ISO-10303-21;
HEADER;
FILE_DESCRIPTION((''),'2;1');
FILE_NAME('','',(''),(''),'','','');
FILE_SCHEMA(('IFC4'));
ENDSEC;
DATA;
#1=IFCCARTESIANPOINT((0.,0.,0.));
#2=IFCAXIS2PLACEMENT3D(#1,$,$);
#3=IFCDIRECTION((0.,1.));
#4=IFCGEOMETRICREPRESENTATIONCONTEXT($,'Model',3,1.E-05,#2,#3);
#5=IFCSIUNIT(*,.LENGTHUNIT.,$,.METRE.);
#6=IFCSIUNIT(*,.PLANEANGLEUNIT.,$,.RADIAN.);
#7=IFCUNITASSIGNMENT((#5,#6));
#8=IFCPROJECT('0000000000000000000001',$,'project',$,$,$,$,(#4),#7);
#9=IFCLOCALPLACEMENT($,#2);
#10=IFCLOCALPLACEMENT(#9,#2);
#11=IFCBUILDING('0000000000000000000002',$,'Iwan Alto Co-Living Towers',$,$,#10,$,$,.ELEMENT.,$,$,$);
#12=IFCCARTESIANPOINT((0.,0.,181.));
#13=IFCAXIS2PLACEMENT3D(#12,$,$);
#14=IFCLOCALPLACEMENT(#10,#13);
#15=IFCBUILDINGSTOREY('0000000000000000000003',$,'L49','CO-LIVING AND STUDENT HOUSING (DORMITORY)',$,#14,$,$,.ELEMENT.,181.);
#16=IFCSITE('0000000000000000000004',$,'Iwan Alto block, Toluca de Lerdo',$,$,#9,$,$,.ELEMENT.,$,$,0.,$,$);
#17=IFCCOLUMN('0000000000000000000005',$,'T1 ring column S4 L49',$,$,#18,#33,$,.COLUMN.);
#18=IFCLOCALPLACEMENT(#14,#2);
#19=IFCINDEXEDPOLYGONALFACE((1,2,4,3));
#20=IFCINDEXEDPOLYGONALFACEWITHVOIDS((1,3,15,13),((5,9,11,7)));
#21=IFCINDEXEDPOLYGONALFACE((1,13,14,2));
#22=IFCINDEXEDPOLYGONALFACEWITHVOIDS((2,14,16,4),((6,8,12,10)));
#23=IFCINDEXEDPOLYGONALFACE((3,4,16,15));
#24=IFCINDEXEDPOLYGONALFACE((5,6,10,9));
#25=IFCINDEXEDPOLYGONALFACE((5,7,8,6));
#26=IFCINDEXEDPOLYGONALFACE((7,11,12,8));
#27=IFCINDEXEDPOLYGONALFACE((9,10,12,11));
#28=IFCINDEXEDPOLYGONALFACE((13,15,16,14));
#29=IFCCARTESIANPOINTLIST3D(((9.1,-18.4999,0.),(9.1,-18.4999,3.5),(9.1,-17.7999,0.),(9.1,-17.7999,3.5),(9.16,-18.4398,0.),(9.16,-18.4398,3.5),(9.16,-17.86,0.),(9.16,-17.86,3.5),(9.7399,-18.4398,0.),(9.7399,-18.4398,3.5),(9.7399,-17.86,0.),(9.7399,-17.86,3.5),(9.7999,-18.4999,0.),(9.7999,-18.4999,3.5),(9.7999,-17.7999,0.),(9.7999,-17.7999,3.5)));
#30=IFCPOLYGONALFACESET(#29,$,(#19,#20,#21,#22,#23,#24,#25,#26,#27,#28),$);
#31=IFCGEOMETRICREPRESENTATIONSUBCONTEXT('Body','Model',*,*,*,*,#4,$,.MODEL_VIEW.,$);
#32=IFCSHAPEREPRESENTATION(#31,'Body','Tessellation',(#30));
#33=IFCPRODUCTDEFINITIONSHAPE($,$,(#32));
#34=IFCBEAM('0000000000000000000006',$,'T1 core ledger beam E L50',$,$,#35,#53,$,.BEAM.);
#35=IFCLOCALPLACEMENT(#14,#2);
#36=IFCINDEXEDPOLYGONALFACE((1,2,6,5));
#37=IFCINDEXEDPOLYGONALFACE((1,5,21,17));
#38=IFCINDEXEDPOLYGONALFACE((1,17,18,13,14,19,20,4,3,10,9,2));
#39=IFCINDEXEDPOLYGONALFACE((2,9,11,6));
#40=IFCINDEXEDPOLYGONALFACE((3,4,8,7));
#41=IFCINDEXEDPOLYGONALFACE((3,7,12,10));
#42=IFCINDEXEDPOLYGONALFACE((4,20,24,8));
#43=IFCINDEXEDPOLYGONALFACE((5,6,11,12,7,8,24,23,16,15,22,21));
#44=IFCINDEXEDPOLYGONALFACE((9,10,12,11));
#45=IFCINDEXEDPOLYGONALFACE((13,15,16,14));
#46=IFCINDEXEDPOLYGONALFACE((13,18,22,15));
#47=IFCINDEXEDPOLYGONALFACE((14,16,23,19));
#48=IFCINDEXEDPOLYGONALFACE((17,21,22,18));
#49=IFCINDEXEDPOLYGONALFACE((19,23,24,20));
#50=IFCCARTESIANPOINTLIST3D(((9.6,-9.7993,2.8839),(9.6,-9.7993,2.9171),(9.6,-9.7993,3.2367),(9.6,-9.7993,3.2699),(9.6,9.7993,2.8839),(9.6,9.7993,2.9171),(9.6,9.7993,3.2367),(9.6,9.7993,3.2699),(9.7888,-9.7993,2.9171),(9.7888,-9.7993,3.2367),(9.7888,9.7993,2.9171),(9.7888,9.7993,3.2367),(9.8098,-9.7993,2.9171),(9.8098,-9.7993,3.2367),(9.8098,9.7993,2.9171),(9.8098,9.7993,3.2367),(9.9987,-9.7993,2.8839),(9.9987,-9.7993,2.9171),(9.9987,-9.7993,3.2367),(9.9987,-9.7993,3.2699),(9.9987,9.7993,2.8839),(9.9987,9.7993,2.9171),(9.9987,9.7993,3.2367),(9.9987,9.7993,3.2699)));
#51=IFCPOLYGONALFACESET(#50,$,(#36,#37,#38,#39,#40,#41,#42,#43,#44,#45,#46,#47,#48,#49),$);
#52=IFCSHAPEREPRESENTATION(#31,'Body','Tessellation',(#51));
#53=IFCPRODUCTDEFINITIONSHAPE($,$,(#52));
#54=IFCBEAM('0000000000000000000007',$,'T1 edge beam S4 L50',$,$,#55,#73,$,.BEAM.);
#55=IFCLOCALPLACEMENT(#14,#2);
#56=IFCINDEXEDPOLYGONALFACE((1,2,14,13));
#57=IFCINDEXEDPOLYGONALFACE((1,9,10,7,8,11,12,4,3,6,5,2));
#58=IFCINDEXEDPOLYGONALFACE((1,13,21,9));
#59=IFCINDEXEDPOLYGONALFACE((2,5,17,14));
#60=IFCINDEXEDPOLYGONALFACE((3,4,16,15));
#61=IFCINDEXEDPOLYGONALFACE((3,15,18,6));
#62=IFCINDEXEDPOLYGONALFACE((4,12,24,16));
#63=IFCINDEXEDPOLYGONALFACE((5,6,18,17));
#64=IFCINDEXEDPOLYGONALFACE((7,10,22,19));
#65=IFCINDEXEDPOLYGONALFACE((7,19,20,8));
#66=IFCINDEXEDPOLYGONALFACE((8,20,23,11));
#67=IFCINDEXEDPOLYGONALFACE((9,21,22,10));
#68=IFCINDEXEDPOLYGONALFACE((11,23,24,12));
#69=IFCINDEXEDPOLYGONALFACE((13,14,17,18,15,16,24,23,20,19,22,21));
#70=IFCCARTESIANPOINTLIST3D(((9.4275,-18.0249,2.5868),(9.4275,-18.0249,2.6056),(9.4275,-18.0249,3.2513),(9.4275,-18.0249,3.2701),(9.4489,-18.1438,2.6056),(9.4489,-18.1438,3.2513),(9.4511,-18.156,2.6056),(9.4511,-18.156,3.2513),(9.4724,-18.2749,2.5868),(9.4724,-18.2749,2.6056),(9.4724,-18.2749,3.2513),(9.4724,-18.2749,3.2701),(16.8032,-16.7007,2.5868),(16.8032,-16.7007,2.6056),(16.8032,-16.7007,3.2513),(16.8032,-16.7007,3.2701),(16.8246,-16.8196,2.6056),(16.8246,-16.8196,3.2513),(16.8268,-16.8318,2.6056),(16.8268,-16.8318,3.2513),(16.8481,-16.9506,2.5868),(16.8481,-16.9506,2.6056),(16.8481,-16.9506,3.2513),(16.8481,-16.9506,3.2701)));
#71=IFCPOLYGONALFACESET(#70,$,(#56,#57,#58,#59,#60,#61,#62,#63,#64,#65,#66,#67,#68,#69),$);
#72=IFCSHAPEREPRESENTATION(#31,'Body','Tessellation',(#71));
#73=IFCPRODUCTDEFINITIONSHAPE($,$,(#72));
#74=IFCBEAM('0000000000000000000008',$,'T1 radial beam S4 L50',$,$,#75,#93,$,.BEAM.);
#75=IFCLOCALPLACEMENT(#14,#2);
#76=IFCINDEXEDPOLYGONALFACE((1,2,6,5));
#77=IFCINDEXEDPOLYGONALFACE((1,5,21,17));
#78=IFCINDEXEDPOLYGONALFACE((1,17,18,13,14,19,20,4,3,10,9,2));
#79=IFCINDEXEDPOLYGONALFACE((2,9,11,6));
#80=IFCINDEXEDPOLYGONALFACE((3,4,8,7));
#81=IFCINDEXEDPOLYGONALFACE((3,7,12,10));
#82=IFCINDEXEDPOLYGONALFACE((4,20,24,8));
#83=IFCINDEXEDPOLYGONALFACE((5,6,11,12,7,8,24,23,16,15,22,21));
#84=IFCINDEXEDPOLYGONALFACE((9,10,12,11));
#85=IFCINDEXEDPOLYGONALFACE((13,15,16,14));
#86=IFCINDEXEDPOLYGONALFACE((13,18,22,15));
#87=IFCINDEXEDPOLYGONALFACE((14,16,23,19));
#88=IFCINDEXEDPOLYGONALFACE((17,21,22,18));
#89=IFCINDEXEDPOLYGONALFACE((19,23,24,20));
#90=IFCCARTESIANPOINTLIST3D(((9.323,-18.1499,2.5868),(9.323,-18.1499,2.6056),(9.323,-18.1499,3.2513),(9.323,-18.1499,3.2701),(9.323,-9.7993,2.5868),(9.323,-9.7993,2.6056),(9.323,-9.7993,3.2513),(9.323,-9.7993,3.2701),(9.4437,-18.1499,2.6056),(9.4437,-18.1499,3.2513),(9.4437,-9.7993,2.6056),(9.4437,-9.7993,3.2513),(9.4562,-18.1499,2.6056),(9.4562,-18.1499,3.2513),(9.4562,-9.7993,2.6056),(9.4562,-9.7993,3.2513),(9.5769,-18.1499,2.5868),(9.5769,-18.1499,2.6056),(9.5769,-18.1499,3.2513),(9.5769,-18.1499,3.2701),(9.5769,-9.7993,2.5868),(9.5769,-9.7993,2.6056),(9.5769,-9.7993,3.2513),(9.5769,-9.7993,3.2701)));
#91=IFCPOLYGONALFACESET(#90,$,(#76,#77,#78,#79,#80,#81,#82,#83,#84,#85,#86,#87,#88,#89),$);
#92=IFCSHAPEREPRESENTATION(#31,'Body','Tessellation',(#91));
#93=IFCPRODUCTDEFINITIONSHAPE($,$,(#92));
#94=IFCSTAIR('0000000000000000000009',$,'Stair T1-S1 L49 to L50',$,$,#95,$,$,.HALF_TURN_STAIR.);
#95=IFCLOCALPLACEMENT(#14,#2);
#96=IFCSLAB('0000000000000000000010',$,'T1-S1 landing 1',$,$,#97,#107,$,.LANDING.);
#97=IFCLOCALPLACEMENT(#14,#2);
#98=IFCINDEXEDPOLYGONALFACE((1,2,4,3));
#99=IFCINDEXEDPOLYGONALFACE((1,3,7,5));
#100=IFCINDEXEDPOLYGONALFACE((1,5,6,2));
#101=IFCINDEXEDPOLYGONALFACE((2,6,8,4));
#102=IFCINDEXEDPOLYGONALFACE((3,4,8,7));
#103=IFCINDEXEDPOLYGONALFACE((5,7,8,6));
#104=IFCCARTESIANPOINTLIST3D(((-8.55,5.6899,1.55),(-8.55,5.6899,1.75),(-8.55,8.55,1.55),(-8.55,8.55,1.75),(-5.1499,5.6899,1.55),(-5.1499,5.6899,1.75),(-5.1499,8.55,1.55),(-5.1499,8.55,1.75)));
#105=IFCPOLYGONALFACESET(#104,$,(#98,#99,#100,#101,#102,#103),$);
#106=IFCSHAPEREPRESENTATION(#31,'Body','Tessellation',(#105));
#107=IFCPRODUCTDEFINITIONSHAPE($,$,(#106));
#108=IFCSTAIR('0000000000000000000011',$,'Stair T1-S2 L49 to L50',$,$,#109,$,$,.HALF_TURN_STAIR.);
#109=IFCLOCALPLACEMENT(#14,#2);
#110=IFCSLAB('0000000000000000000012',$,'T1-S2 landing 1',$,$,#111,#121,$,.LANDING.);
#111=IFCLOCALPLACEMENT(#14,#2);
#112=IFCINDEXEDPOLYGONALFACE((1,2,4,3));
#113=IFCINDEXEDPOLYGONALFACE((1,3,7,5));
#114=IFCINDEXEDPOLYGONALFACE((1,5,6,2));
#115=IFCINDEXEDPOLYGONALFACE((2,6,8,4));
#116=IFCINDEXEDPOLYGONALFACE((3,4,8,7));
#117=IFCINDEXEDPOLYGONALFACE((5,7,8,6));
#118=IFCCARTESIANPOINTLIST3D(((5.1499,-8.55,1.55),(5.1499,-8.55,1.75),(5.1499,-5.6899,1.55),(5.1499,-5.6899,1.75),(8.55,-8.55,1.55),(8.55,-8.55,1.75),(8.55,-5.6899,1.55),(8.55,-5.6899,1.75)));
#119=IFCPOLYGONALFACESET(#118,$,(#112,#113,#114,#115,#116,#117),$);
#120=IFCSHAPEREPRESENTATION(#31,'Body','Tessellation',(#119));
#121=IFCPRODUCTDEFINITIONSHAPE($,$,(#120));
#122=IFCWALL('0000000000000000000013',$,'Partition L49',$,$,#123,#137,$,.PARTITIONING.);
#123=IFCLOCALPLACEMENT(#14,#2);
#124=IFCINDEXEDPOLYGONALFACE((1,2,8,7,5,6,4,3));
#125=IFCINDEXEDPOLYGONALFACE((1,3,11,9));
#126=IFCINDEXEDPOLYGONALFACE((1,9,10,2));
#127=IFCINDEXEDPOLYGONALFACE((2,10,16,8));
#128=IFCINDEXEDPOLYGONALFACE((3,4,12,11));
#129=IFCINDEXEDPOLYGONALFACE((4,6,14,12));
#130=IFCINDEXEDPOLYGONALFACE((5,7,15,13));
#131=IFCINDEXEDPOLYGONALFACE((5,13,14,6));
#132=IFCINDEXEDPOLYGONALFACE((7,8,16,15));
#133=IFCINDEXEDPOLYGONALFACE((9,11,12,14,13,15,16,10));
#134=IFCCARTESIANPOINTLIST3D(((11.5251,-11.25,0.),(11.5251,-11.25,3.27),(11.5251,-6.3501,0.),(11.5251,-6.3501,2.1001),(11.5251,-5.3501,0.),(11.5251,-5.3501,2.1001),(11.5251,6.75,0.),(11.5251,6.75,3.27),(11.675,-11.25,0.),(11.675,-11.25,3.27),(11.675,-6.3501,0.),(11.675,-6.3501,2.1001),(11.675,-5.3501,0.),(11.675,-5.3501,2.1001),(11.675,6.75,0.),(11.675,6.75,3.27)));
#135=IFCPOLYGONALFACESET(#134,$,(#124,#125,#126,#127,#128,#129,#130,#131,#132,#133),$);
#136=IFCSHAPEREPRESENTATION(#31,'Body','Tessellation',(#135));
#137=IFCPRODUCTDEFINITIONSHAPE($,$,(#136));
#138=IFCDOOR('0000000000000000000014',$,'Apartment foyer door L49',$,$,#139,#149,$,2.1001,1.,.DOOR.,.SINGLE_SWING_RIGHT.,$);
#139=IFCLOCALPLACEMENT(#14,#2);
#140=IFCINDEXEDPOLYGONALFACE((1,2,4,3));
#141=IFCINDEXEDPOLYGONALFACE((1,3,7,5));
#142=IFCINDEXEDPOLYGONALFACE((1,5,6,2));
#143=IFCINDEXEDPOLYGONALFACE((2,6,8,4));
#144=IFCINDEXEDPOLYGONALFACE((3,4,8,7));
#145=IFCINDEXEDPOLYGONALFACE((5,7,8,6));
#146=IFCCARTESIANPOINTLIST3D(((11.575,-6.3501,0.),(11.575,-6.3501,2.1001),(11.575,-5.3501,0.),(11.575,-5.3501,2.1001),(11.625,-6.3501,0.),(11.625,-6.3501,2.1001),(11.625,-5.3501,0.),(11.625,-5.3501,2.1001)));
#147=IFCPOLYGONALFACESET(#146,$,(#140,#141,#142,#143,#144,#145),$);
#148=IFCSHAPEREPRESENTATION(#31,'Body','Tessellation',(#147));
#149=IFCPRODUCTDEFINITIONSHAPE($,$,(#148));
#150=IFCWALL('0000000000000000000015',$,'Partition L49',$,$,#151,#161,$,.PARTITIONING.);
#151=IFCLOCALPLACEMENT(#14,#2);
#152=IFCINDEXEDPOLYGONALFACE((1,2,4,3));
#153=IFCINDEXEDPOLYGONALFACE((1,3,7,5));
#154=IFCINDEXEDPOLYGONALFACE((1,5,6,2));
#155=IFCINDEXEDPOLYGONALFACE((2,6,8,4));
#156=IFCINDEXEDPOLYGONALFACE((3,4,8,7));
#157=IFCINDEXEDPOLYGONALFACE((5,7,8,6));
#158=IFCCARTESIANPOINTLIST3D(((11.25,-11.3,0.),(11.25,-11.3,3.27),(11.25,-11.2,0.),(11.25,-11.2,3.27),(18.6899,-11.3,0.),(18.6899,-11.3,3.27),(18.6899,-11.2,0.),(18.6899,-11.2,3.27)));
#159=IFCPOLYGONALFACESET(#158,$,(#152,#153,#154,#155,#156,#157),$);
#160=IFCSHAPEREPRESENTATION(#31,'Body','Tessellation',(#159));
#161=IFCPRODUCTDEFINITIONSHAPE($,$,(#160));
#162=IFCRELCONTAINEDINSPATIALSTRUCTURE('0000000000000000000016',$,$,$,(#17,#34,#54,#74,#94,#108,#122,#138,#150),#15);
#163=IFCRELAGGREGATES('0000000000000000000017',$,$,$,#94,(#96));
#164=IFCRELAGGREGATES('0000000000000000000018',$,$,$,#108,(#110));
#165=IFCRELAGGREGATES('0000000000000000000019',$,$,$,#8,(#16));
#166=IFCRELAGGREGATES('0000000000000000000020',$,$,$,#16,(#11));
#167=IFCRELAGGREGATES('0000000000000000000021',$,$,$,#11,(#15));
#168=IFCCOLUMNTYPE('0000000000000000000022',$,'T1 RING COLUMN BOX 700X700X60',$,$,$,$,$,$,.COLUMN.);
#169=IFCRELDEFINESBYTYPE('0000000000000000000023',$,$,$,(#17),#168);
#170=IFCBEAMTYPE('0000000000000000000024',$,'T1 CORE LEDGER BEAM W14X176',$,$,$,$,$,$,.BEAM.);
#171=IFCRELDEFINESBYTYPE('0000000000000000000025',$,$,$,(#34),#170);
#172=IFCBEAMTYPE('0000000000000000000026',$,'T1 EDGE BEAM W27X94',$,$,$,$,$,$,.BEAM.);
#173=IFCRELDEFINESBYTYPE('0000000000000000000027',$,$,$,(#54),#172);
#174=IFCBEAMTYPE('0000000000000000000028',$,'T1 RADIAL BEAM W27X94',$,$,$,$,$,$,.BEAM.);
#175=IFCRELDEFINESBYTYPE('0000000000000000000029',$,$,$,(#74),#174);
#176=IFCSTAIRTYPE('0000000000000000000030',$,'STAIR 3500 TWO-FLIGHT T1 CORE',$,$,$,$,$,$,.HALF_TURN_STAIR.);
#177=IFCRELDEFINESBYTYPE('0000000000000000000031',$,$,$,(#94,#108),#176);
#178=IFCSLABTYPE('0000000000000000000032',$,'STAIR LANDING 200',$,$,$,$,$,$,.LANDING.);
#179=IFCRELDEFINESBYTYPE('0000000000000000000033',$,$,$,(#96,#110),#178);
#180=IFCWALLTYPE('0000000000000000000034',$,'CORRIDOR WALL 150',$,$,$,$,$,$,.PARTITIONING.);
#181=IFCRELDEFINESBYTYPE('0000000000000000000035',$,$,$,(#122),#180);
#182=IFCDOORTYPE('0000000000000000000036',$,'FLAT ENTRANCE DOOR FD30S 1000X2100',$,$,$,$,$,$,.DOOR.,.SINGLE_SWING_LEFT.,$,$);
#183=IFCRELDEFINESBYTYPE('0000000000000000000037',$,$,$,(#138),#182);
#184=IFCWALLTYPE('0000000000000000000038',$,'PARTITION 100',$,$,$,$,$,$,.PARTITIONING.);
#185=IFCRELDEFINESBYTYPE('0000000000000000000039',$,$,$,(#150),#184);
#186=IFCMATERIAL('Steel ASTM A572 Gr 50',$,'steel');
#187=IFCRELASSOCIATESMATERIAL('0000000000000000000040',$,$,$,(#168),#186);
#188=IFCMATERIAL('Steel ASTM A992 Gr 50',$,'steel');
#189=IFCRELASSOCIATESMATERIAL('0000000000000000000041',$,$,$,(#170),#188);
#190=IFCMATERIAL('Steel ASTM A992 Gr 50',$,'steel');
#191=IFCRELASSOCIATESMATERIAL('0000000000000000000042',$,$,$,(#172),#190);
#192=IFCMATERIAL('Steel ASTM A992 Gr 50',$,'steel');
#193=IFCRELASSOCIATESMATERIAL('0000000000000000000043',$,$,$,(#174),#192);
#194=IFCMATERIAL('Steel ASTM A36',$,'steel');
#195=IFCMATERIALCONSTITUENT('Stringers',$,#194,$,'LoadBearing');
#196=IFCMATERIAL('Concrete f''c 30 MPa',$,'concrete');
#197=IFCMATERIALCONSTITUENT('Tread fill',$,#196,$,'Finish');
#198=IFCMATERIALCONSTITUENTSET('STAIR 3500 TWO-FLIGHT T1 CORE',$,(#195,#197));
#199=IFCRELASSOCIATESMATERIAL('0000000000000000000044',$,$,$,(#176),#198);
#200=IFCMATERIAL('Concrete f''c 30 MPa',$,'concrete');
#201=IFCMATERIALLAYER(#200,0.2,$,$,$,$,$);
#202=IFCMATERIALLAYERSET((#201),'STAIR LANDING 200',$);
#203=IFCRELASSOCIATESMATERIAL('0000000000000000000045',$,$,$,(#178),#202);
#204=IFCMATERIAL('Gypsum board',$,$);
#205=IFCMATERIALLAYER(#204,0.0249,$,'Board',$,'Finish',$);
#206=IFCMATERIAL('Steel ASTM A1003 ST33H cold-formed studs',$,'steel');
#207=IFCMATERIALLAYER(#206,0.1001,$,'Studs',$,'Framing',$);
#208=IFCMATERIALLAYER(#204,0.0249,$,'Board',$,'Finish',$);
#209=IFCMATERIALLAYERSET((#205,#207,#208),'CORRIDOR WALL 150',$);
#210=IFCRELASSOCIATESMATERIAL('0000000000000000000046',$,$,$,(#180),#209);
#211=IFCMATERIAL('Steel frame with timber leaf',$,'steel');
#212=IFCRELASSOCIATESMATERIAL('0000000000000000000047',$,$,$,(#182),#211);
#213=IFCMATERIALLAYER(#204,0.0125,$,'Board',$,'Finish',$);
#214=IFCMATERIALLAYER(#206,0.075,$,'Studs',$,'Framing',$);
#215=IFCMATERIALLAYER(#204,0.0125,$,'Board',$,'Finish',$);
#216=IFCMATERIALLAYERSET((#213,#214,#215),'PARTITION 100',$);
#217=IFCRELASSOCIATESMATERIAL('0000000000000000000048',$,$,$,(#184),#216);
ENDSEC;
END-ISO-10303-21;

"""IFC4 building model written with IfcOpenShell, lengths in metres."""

from ifc_helpers import new_model, si_unit, direction, frame, frame_2d, origin, origin_2d, place, context, subcontext, project, spatial, polyline, rectangle, hollow_rectangle, i_section, outline, extrude, material, layer, layer_set, constituent, constituent_set, material_profile, profile_set, type_object, element, fill, aggregate, save


model = new_model("IFC4")

# Units and contexts
model_context = context("Model", 3, precision=1e-05, world=origin(), true_north=direction((0.0, 1.0)))
body_context = subcontext(model_context, "Body", "Model", "MODEL_VIEW")
ifc_project = project(units=[si_unit("LENGTHUNIT", "METRE"), si_unit("PLANEANGLEUNIT", "RADIAN")], contexts=[model_context])

# Site, building, storey
site_placement = place(None, origin())
site = spatial("IfcSite", under=ifc_project, at=site_placement, Name="Iwan Alto block, Toluca de Lerdo", CompositionType="ELEMENT", RefElevation=0.0)
building_placement = place(site_placement, origin())
building = spatial("IfcBuilding", under=site, at=building_placement, Name="Iwan Alto Co-Living Towers", CompositionType="ELEMENT")
storey_placement = place(building_placement, frame((0.0, 0.0, 181.0)))
storey = spatial("IfcBuildingStorey", under=building, at=storey_placement, Name="L49", Description="CO-LIVING AND STUDENT HOUSING (DORMITORY)", CompositionType="ELEMENT", Elevation=181.0)

# Column
ifc_material_1 = material(Name="Steel ASTM A572 Gr 50", Category="steel")
ifc_material_profile_1 = material_profile(ifc_material_1, hollow_rectangle(XDim=0.7, YDim=0.7, WallThickness=0.0601, at=origin_2d()), Name="BOX 700X700X60")
ifc_profile_set_1 = profile_set([ifc_material_profile_1], Name="Steel ASTM A572 Gr 50")
column_type = type_object("IfcColumnType", Name="T1 RING COLUMN BOX 700X700X60", PredefinedType="COLUMN", material=ifc_profile_set_1)
column_placement = place(storey_placement, frame((9.45, -18.1499, 0.0), z_axis=(0.0, 0.0, 1.0), x_axis=(1.0, 0.0, 0.0)))
element("IfcColumn", 1, at=column_placement, inside=storey, type_object=column_type, Name="T1 ring column S4 L49", PredefinedType="COLUMN", context=body_context, shape_type="SweptSolid", body=[
    extrude(hollow_rectangle(XDim=0.7, YDim=0.7, WallThickness=0.0601, at=origin_2d()), origin(), (0.0, 0.0, 1.0), 3.5),
])

# Beams
ifc_material_2 = material(Name="Steel ASTM A992 Gr 50", Category="steel")
ifc_material_profile_2 = material_profile(ifc_material_2, i_section(OverallWidth=0.3987, OverallDepth=0.386, WebThickness=0.021, FlangeThickness=0.0332, at=origin_2d()), Name="W14X176")
ifc_profile_set_2 = profile_set([ifc_material_profile_2], Name="Steel ASTM A992 Gr 50")
beam_type_1 = type_object("IfcBeamType", Name="T1 CORE LEDGER BEAM W14X176", PredefinedType="BEAM", material=ifc_profile_set_2)
beam_1_placement = place(storey_placement, frame((9.7993, -9.7993, 3.0769), z_axis=(0.0, 1.0, 0.0), x_axis=(-1.0, 0.0, 0.0)))
element("IfcBeam", 2, at=beam_1_placement, inside=storey, type_object=beam_type_1, Name="T1 core ledger beam E L50", PredefinedType="BEAM", context=body_context, shape_type="SweptSolid", body=[
    extrude(i_section(OverallWidth=0.3987, OverallDepth=0.386, WebThickness=0.021, FlangeThickness=0.0332, at=origin_2d()), origin(), (0.0, 0.0, 1.0), 19.5986),
])
ifc_material_3 = material(Name="Steel ASTM A992 Gr 50", Category="steel")
ifc_material_profile_3 = material_profile(ifc_material_3, i_section(OverallWidth=0.2539, OverallDepth=0.6833, WebThickness=0.0125, FlangeThickness=0.0188, at=origin_2d()), Name="W27X94")
ifc_profile_set_3 = profile_set([ifc_material_profile_3], Name="Steel ASTM A992 Gr 50")
beam_type_2 = type_object("IfcBeamType", Name="T1 EDGE BEAM W27X94", PredefinedType="BEAM", material=ifc_profile_set_3)
beam_2_placement = place(storey_placement, frame((9.45, -18.1499, 2.9285), z_axis=(0.984263, 0.176712, 0.0), x_axis=(-0.176712, 0.984263, 0.0)))
element("IfcBeam", 3, at=beam_2_placement, inside=storey, type_object=beam_type_2, Name="T1 edge beam S4 L50", PredefinedType="BEAM", context=body_context, shape_type="SweptSolid", body=[
    extrude(i_section(OverallWidth=0.2539, OverallDepth=0.6833, WebThickness=0.0125, FlangeThickness=0.0188, at=origin_2d()), origin(), (0.0, 0.0, 1.0), 7.4937),
])
ifc_material_4 = material(Name="Steel ASTM A992 Gr 50", Category="steel")
ifc_material_profile_4 = material_profile(ifc_material_4, i_section(OverallWidth=0.2539, OverallDepth=0.6833, WebThickness=0.0125, FlangeThickness=0.0188, at=origin_2d()), Name="W27X94")
ifc_profile_set_4 = profile_set([ifc_material_profile_4], Name="Steel ASTM A992 Gr 50")
beam_type_3 = type_object("IfcBeamType", Name="T1 RADIAL BEAM W27X94", PredefinedType="BEAM", material=ifc_profile_set_4)
beam_3_placement = place(storey_placement, frame((9.45, -18.1499, 2.9285), z_axis=(0.0, 1.0, 0.0), x_axis=(-1.0, 0.0, 0.0)))
element("IfcBeam", 4, at=beam_3_placement, inside=storey, type_object=beam_type_3, Name="T1 radial beam S4 L50", PredefinedType="BEAM", context=body_context, shape_type="SweptSolid", body=[
    extrude(i_section(OverallWidth=0.2539, OverallDepth=0.6833, WebThickness=0.0125, FlangeThickness=0.0188, at=origin_2d()), origin(), (0.0, 0.0, 1.0), 8.3506),
])

# Stairs, slabs
ifc_material_5 = material(Name="Steel ASTM A36", Category="steel")
ifc_constituent_1 = constituent(ifc_material_5, Name="Stringers", Category="LoadBearing")
ifc_material_6 = material(Name="Concrete f'c 30 MPa", Category="concrete")
ifc_constituent_2 = constituent(ifc_material_6, Name="Tread fill", Category="Finish")
ifc_constituent_set_1 = constituent_set(constituents=[ifc_constituent_1, ifc_constituent_2], Name="STAIR 3500 TWO-FLIGHT T1 CORE")
stair_type = type_object("IfcStairType", Name="STAIR 3500 TWO-FLIGHT T1 CORE", PredefinedType="HALF_TURN_STAIR", material=ifc_constituent_set_1)
stair_1_placement = place(storey_placement, origin())
stair_1 = element("IfcStair", 5, at=stair_1_placement, inside=storey, type_object=stair_type, Name="Stair T1-S1 L49 to L50", PredefinedType="HALF_TURN_STAIR")
ifc_material_7 = material(Name="Concrete f'c 30 MPa", Category="concrete")
ifc_layer_1 = layer(ifc_material_7, 0.2)
ifc_layer_set_1 = layer_set([ifc_layer_1], Name="STAIR LANDING 200")
slab_type = type_object("IfcSlabType", Name="STAIR LANDING 200", PredefinedType="LANDING", material=ifc_layer_set_1)
slab_1_placement = place(storey_placement, frame((0.0, 0.0, 1.55)))
slab_1 = element("IfcSlab", 6, at=slab_1_placement, type_object=slab_type, Name="T1-S1 landing 1", PredefinedType="LANDING", context=body_context, shape_type="SweptSolid", body=[
    extrude(outline(polyline([(-8.55, 5.6899), (-8.55, 8.55), (-5.1499, 8.55), (-5.1499, 5.6899), (-8.55, 5.6899)])), origin(), (0.0, 0.0, 1.0), 0.2),
])
aggregate(stair_1, [slab_1])
stair_2_placement = place(storey_placement, origin())
stair_2 = element("IfcStair", 7, at=stair_2_placement, inside=storey, type_object=stair_type, Name="Stair T1-S2 L49 to L50", PredefinedType="HALF_TURN_STAIR")
slab_2_placement = place(storey_placement, frame((0.0, 0.0, 1.55)))
slab_2 = element("IfcSlab", 8, at=slab_2_placement, type_object=slab_type, Name="T1-S2 landing 1", PredefinedType="LANDING", context=body_context, shape_type="SweptSolid", body=[
    extrude(outline(polyline([(5.1499, -5.6899), (5.1499, -8.55), (8.55, -8.55), (8.55, -5.6899), (5.1499, -5.6899)])), origin(), (0.0, 0.0, 1.0), 0.2),
])

# Wall, opening, door
ifc_material_8 = material(Name="Gypsum board")
ifc_layer_2 = layer(ifc_material_8, 0.0249, Name="Board", Category="Finish")
ifc_material_9 = material(Name="Steel ASTM A1003 ST33H cold-formed studs", Category="steel")
ifc_layer_3 = layer(ifc_material_9, 0.1001, Name="Studs", Category="Framing")
ifc_layer_4 = layer(ifc_material_8, 0.0249, Name="Board", Category="Finish")
ifc_layer_set_2 = layer_set([ifc_layer_2, ifc_layer_3, ifc_layer_4], Name="CORRIDOR WALL 150")
wall_type_1 = type_object("IfcWallType", Name="CORRIDOR WALL 150", PredefinedType="PARTITIONING", material=ifc_layer_set_2)
wall_1_placement = place(storey_placement, frame((11.6001, -11.25, 0.0), z_axis=(0.0, 0.0, 1.0), x_axis=(0.0, 1.0, 0.0)))
wall_1 = element("IfcWall", 9, at=wall_1_placement, inside=storey, type_object=wall_type_1, Name="Partition L49", PredefinedType="PARTITIONING", context=body_context, shape_type="SweptSolid", body=[
    extrude(rectangle(XDim=18.0, YDim=0.1499, at=frame_2d((9.0, 0.0))), origin(), (0.0, 0.0, 1.0), 3.27),
])
opening_1_placement = place(wall_1_placement, frame((4.8999, 0.0, 0.0)))
opening_1 = element("IfcOpeningElement", 10, at=opening_1_placement, cuts=wall_1, PredefinedType="OPENING", context=body_context, shape_type="SweptSolid", body=[
    extrude(rectangle(XDim=1.0, YDim=2.1001, at=frame_2d((0.5, 1.05))), frame((0.0, 0.085, 0.0), z_axis=(0.0, -1.0, 0.0), x_axis=(1.0, 0.0, 0.0)), (0.0, 0.0, 1.0), 0.1699),
])
ifc_material_10 = material(Name="Steel frame with timber leaf", Category="steel")
door_type_1 = type_object("IfcDoorType", Name="FLAT ENTRANCE DOOR FD30S 1000X2100", OperationType="SINGLE_SWING_LEFT", PredefinedType="DOOR", material=ifc_material_10)
door_1_placement = place(opening_1_placement, frame((1.0, 0.0, 0.0), z_axis=(0.0, 0.0, 1.0), x_axis=(-1.0, 0.0, 0.0)))
door_1 = element("IfcDoor", 11, at=door_1_placement, inside=storey, type_object=door_type_1, Name="Apartment foyer door L49", OperationType="SINGLE_SWING_RIGHT", OverallHeight=2.1001, OverallWidth=1.0, PredefinedType="DOOR", context=body_context, shape_type="SweptSolid", body=[
    extrude(rectangle(XDim=1.0, YDim=2.1001, at=frame_2d((0.5, 1.05))), frame((0.0, 0.0249, 0.0), z_axis=(0.0, -1.0, 0.0), x_axis=(1.0, 0.0, 0.0)), (0.0, 0.0, 1.0), 0.05),
])
fill(opening_1, door_1)

# Wall
ifc_layer_5 = layer(ifc_material_8, 0.0125, Name="Board", Category="Finish")
ifc_layer_6 = layer(ifc_material_9, 0.075, Name="Studs", Category="Framing")
ifc_layer_7 = layer(ifc_material_8, 0.0125, Name="Board", Category="Finish")
ifc_layer_set_3 = layer_set([ifc_layer_5, ifc_layer_6, ifc_layer_7], Name="PARTITION 100")
wall_type_2 = type_object("IfcWallType", Name="PARTITION 100", PredefinedType="PARTITIONING", material=ifc_layer_set_3)
wall_2_placement = place(storey_placement, frame((11.25, -11.25, 0.0), z_axis=(0.0, 0.0, 1.0), x_axis=(1.0, 0.0, 0.0)))
element("IfcWall", 12, at=wall_2_placement, inside=storey, type_object=wall_type_2, Name="Partition L49", PredefinedType="PARTITIONING", context=body_context, shape_type="SweptSolid", body=[
    extrude(rectangle(XDim=7.4399, YDim=0.1001, at=frame_2d((3.72, 0.0))), origin(), (0.0, 0.0, 1.0), 3.27),
])

aggregate(stair_2, [slab_2])

save(model, "model.ifc")
